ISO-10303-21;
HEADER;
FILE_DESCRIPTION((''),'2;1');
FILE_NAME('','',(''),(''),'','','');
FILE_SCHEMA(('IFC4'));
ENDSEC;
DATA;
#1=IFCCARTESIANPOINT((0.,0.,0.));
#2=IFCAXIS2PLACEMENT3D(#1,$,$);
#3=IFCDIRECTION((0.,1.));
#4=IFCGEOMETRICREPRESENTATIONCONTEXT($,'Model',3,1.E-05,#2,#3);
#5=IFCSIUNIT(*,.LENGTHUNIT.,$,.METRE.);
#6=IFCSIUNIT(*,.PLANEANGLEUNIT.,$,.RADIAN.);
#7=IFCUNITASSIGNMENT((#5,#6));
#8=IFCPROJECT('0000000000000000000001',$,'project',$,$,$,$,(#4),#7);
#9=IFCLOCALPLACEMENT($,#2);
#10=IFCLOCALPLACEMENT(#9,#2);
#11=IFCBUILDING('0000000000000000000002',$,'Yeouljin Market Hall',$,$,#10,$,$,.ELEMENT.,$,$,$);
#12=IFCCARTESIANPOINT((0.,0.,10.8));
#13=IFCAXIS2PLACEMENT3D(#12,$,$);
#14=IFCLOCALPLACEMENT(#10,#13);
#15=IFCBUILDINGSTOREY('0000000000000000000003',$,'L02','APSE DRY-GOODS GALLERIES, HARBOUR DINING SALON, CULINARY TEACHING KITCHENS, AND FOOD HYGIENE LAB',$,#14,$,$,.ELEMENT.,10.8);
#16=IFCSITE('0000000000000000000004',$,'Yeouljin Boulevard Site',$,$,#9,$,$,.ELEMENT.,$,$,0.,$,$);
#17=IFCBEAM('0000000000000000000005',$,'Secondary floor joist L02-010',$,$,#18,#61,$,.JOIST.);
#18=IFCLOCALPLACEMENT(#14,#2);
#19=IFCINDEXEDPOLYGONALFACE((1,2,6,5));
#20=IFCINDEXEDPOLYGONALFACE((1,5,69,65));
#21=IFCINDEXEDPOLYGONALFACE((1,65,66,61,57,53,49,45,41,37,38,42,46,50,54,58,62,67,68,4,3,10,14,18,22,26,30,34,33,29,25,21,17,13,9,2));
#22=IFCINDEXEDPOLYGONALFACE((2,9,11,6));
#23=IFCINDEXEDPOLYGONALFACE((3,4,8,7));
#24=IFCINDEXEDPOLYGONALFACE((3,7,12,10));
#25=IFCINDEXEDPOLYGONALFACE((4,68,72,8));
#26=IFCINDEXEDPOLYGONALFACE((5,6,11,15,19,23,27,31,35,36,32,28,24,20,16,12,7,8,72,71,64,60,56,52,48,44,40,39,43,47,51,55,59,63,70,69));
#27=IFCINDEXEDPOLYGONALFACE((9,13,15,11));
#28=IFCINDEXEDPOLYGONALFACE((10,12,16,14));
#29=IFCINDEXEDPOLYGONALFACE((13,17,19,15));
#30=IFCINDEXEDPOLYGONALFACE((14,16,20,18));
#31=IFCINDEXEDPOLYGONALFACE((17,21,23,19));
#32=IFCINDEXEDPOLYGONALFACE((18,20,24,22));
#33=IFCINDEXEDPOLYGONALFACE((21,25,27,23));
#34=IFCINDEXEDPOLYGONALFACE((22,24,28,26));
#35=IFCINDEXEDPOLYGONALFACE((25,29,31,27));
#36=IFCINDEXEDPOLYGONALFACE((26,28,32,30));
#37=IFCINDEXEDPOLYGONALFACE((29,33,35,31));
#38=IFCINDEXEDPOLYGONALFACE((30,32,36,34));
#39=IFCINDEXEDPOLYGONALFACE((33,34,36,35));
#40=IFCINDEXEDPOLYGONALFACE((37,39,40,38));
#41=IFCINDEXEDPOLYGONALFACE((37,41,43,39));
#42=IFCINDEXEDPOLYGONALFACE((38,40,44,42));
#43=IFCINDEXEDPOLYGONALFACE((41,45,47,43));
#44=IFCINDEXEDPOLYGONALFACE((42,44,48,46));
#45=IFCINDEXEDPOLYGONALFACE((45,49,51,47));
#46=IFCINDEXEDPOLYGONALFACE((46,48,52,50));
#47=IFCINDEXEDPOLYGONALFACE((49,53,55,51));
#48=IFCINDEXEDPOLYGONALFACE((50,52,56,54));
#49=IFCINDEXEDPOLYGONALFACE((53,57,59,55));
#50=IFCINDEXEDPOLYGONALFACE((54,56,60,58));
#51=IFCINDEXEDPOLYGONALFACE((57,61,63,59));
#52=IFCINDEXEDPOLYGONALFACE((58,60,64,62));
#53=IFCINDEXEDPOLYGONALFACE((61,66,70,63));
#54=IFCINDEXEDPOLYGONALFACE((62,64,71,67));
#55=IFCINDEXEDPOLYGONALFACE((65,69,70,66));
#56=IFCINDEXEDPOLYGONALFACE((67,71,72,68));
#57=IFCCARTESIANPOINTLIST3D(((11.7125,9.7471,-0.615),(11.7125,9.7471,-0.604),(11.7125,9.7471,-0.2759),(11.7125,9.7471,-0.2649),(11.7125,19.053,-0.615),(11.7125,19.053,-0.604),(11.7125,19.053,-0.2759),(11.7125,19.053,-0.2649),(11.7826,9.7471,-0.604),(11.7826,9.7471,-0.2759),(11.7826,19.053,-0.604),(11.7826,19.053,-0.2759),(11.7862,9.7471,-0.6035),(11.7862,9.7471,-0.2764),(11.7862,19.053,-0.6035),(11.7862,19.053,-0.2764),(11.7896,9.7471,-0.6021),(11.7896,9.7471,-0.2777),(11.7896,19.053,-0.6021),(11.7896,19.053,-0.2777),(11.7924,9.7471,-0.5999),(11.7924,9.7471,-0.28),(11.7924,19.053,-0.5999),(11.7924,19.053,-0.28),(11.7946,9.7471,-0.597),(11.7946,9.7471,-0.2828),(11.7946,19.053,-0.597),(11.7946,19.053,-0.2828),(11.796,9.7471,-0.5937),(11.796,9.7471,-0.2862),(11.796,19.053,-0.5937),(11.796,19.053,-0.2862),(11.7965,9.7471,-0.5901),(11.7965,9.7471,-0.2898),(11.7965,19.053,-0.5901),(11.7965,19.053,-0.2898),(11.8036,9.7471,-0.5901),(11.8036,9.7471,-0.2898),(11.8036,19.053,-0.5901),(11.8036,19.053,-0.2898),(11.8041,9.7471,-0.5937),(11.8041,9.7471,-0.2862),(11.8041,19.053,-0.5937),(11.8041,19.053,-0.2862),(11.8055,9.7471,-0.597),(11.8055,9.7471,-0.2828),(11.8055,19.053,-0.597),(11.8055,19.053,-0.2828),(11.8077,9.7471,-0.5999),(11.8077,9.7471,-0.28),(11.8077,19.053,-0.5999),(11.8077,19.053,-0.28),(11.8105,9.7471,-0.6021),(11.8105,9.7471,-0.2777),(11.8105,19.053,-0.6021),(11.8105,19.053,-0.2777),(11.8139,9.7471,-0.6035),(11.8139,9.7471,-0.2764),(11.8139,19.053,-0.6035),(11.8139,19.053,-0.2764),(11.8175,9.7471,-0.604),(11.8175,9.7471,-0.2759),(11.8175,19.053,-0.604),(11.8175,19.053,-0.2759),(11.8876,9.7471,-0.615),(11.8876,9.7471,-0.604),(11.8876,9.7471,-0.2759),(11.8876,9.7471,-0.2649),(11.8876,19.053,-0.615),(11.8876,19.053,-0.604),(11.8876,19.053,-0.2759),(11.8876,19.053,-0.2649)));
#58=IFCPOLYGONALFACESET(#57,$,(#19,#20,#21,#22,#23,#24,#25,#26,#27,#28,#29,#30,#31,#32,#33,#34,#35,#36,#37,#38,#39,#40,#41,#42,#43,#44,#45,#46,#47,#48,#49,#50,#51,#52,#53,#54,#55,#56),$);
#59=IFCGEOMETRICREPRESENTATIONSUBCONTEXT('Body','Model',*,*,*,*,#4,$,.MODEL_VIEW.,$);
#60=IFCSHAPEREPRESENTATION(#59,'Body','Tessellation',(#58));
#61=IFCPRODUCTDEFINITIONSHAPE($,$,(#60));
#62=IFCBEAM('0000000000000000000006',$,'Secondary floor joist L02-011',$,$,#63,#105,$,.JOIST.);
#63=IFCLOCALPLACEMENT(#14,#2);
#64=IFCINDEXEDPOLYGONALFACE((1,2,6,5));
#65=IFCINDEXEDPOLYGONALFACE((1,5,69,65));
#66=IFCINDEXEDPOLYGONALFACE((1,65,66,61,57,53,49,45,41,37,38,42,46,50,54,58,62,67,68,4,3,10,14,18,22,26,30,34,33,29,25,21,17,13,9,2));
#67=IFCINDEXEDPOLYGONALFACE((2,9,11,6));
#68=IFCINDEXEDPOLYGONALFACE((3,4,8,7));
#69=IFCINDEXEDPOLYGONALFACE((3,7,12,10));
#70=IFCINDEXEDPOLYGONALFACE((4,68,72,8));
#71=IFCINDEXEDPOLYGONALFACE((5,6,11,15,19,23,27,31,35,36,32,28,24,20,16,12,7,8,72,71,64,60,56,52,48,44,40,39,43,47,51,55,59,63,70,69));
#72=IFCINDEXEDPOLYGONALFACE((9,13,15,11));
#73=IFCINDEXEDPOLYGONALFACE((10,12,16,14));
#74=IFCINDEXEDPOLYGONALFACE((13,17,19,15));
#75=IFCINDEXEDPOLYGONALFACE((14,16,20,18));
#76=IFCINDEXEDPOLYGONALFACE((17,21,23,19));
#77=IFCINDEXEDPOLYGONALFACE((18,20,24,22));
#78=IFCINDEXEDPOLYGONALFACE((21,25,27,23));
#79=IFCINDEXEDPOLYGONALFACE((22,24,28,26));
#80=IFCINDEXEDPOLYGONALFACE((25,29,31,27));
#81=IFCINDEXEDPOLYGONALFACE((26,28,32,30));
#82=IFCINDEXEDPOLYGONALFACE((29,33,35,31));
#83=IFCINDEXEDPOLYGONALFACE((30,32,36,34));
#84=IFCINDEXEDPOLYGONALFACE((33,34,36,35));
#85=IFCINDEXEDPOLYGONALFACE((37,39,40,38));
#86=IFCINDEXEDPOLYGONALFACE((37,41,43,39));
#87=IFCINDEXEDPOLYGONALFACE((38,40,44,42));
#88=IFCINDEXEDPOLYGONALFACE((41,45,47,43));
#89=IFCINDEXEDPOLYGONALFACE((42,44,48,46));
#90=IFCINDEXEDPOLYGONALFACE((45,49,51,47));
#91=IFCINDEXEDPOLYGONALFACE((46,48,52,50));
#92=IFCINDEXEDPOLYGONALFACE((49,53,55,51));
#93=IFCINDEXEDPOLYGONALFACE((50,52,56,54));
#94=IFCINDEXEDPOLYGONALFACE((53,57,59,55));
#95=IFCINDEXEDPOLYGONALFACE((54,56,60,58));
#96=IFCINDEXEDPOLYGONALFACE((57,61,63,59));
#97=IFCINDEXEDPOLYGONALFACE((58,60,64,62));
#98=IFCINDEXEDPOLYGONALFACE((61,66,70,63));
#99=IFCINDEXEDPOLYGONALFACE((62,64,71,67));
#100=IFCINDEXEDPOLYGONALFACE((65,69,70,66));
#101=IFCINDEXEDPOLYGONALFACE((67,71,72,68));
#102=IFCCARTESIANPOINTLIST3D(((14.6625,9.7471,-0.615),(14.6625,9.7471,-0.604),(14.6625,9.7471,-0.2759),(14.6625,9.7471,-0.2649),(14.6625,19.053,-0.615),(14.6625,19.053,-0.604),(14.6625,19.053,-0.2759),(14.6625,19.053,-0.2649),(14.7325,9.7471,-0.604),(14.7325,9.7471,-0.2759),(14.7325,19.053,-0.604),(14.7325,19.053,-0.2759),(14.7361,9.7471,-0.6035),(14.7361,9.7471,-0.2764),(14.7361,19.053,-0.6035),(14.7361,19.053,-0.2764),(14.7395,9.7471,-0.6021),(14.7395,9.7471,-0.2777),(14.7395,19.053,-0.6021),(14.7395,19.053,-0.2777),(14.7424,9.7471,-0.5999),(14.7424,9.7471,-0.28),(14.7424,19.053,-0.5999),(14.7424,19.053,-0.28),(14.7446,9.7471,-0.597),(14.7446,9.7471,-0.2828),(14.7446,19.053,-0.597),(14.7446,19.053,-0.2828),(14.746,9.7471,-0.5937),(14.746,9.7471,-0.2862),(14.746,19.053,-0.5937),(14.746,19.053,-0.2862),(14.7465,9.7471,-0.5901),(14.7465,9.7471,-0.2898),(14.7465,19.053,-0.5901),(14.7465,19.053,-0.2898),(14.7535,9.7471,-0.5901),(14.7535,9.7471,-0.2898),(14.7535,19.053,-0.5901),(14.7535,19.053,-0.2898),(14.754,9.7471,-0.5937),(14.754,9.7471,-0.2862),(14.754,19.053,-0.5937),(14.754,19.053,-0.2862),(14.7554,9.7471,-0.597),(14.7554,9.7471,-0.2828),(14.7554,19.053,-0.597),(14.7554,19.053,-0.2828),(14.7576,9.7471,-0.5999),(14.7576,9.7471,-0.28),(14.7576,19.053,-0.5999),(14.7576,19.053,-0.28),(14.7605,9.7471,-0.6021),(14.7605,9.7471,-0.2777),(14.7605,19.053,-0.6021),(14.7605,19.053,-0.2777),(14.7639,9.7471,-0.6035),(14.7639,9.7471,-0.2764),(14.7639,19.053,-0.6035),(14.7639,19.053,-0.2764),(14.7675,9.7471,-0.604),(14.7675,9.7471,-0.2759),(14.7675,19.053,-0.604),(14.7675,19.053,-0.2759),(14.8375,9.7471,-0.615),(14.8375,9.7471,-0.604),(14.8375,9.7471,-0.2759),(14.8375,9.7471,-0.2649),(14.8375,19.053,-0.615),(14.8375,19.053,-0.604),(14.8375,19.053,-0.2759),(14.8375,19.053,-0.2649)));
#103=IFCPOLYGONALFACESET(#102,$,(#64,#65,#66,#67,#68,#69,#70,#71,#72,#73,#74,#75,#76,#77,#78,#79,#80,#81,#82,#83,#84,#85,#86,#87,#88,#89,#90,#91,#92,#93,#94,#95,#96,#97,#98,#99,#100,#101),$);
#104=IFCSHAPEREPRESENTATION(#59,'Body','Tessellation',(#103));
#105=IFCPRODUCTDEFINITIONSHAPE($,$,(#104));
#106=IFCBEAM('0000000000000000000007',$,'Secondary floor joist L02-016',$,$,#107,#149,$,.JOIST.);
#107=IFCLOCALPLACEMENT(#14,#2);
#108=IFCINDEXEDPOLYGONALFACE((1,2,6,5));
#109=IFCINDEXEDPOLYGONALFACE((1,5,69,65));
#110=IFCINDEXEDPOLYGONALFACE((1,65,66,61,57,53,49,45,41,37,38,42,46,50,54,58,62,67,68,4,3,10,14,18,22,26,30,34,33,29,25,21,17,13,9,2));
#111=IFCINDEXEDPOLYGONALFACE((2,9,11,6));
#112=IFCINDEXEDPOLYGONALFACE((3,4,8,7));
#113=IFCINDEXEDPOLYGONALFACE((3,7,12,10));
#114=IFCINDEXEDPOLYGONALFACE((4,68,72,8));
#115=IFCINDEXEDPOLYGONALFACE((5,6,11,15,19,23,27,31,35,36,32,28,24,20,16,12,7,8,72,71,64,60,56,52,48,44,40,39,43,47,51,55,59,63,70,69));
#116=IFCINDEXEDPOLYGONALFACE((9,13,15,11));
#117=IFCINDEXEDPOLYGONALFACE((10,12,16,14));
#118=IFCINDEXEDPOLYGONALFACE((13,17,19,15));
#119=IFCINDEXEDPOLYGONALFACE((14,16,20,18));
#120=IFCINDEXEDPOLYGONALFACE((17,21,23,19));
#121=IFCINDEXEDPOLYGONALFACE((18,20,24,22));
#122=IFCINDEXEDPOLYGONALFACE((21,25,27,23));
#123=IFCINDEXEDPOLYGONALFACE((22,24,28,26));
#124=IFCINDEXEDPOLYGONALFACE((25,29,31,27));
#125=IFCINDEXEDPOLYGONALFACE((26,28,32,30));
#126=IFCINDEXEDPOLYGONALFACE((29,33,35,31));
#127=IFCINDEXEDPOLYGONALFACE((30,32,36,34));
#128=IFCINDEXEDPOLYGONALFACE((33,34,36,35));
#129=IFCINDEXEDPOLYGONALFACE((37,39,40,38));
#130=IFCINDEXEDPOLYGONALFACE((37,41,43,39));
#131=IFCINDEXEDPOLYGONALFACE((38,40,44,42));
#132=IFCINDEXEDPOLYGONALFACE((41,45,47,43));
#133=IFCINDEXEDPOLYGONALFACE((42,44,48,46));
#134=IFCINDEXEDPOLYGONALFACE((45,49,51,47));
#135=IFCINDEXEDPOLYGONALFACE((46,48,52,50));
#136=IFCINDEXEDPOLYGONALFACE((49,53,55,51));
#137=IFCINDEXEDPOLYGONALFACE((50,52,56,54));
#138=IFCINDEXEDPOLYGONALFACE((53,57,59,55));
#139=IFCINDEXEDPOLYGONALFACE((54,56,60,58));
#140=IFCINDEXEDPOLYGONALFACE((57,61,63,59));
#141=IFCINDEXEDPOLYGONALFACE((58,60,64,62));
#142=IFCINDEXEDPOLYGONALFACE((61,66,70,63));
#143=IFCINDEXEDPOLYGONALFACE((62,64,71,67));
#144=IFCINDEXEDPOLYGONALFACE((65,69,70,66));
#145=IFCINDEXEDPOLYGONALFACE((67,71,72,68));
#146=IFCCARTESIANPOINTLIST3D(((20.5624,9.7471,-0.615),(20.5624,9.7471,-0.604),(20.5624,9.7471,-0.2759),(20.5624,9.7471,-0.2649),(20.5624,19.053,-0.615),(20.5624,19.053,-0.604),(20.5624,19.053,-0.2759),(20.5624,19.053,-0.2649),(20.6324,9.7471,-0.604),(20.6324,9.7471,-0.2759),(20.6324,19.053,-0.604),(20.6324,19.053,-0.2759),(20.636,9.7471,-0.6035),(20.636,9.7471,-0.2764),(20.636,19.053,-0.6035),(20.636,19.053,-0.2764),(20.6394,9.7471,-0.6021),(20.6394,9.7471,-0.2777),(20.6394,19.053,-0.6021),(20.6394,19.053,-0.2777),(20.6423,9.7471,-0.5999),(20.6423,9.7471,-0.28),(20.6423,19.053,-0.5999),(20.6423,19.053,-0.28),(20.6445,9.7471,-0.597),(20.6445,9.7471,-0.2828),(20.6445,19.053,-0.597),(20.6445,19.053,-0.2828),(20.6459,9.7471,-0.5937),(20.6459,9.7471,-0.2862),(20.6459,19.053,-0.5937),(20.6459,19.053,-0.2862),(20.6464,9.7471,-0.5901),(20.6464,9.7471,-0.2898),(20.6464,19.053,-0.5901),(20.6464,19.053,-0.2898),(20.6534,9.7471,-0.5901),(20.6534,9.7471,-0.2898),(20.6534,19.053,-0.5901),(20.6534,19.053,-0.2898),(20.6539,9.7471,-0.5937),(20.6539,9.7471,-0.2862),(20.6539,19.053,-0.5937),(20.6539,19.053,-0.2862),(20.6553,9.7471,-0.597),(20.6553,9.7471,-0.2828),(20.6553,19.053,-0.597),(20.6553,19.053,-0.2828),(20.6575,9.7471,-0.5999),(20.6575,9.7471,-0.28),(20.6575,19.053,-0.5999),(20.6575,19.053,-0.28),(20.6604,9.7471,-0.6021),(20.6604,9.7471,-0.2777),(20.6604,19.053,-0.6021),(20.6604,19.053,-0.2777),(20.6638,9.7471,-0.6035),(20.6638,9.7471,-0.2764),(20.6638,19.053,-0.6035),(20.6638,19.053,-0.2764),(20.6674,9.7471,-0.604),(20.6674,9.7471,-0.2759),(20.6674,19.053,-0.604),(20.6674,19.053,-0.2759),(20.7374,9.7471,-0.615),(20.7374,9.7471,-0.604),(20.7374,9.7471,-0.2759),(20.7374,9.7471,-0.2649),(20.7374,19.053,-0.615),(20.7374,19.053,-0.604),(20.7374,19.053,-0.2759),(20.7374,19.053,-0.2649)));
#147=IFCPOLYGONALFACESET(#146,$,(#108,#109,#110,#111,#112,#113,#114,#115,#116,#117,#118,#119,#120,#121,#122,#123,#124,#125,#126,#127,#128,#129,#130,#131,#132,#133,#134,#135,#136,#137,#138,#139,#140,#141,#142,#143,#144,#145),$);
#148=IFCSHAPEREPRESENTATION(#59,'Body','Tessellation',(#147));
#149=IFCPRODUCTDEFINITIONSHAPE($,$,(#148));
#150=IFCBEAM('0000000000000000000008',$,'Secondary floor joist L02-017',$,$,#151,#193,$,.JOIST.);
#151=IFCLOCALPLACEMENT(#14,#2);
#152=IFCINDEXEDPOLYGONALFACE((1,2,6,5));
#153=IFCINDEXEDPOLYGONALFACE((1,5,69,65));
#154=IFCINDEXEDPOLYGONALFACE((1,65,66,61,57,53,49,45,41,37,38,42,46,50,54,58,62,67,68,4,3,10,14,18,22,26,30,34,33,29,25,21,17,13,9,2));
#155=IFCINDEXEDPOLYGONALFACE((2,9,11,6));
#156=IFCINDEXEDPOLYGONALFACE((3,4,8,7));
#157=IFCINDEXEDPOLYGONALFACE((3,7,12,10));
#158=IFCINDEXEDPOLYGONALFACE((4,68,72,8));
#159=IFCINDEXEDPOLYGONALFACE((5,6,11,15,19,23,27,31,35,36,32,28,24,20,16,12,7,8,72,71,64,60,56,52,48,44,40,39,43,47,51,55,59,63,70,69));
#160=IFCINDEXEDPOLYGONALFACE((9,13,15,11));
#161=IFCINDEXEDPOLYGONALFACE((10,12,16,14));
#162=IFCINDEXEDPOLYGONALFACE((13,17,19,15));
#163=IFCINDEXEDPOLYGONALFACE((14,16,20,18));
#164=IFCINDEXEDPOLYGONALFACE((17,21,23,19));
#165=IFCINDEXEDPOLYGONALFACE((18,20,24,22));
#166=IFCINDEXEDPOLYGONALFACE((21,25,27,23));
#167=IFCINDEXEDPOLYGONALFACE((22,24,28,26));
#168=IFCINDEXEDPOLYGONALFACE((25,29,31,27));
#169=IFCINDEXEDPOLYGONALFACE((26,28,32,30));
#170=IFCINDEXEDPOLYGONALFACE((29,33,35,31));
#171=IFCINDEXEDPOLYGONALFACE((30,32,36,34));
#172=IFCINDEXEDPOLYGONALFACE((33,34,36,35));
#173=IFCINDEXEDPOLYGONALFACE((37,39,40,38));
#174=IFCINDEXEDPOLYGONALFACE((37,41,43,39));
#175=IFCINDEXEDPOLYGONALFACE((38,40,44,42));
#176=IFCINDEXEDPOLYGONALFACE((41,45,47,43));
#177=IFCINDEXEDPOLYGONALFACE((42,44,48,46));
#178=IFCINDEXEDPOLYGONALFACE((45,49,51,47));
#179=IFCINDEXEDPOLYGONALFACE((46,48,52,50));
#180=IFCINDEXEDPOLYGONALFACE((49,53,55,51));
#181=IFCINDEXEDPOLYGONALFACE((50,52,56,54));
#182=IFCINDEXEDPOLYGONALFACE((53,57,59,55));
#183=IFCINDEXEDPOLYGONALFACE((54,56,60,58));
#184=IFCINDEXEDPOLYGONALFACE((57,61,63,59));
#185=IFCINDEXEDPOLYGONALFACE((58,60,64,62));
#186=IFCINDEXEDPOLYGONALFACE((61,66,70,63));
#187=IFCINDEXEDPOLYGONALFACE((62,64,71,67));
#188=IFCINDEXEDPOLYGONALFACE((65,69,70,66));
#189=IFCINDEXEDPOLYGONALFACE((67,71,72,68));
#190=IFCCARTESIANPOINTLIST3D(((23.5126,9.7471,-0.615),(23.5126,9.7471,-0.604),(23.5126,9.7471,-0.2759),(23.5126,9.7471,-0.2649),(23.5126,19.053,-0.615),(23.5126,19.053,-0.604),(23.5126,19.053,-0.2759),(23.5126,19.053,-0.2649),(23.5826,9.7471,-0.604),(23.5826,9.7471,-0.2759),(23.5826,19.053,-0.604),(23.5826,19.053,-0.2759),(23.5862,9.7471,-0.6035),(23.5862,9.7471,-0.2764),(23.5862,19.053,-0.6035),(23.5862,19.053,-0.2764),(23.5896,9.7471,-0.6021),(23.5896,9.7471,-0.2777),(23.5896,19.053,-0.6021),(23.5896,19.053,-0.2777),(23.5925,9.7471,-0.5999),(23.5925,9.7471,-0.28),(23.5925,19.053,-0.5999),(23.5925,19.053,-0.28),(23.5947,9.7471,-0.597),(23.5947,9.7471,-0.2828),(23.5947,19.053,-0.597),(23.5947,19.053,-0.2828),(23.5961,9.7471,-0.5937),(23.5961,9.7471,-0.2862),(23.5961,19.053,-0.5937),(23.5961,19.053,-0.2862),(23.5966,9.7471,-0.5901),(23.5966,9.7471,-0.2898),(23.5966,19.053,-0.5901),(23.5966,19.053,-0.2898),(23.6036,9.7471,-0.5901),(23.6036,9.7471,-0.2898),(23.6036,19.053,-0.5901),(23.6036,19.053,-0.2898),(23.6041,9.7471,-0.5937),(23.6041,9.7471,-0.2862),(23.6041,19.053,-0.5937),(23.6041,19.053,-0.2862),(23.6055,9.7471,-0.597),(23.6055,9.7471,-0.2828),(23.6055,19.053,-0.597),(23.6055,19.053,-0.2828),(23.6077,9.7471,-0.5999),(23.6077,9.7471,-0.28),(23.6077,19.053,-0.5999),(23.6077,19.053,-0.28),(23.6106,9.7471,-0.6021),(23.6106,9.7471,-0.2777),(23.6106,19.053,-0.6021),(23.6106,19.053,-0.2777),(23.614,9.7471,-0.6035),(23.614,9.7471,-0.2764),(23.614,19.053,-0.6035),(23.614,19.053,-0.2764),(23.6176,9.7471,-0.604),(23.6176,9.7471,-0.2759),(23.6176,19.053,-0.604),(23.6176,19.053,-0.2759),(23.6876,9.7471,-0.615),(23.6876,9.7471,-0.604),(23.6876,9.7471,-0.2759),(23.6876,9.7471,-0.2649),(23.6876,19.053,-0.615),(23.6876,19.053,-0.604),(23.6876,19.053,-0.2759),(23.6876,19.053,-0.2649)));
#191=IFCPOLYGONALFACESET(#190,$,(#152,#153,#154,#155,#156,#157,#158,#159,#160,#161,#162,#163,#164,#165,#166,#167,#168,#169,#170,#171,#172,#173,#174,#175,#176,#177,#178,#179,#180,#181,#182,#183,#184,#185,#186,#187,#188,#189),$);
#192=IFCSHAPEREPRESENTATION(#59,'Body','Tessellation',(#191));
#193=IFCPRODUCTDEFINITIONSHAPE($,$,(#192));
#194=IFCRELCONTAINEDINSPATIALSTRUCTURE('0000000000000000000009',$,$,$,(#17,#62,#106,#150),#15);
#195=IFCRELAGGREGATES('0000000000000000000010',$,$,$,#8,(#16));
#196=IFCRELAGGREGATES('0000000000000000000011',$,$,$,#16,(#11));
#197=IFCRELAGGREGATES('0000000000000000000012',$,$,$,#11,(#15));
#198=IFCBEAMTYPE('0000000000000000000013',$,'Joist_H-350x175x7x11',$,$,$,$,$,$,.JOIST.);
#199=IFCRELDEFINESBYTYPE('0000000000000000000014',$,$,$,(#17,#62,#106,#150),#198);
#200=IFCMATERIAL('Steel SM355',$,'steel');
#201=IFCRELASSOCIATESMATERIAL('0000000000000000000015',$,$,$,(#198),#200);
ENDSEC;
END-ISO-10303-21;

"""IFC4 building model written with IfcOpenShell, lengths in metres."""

from ifc_helpers import new_model, si_unit, direction, frame, origin, origin_2d, place, context, subcontext, project, spatial, i_section, extrude, material, material_profile, profile_set, type_object, element, save


model = new_model("IFC4")

# Units and contexts
model_context = context("Model", 3, precision=1e-05, world=origin(), true_north=direction((0.0, 1.0)))
body_context = subcontext(model_context, "Body", "Model", "MODEL_VIEW")
ifc_project = project(units=[si_unit("LENGTHUNIT", "METRE"), si_unit("PLANEANGLEUNIT", "RADIAN")], contexts=[model_context])

# Site, building, storey
site_placement = place(None, origin())
site = spatial("IfcSite", under=ifc_project, at=site_placement, Name="Yeouljin Boulevard Site", CompositionType="ELEMENT", RefElevation=0.0)
building_placement = place(site_placement, origin())
building = spatial("IfcBuilding", under=site, at=building_placement, Name="Yeouljin Market Hall", CompositionType="ELEMENT")
storey_placement = place(building_placement, frame((0.0, 0.0, 10.8)))
storey = spatial("IfcBuildingStorey", under=building, at=storey_placement, Name="L02", Description="APSE DRY-GOODS GALLERIES, HARBOUR DINING SALON, CULINARY TEACHING KITCHENS, AND FOOD HYGIENE LAB", CompositionType="ELEMENT", Elevation=10.8)

# Beams
ifc_material_1 = material(Name="Steel SM355", Category="steel")
ifc_material_profile_1 = material_profile(ifc_material_1, i_section(OverallWidth=0.175, OverallDepth=0.3501, WebThickness=0.0071, FlangeThickness=0.011, FilletRadius=0.0139, at=origin_2d()), Name="H-350x175x7x11")
ifc_profile_set_1 = profile_set([ifc_material_profile_1], Name="Steel SM355")
beam_type_1 = type_object("IfcBeamType", Name="Joist_H-350x175x7x11", PredefinedType="JOIST", material=ifc_profile_set_1)
for number, where, z_axis, x_axis, name in (
    (1, (11.8, 9.7471, -0.4399), (0.0, 1.0, 0.0), (-1.0, 0.0, 0.0), "Secondary floor joist L02-010"),
    (2, (14.75, 9.7471, -0.4399), (0.0, 1.0, 0.0), (-1.0, 0.0, 0.0), "Secondary floor joist L02-011"),
    (3, (20.6499, 9.7471, -0.4399), (0.0, 1.0, 0.0), (-1.0, 0.0, 0.0), "Secondary floor joist L02-016"),
    (4, (23.6001, 9.7471, -0.4399), (0.0, 1.0, 0.0), (-1.0, 0.0, 0.0), "Secondary floor joist L02-017"),
):
    element("IfcBeam", number, at=place(storey_placement, frame(where, z_axis=z_axis, x_axis=x_axis)), inside=storey, type_object=beam_type_1, Name=name, PredefinedType="JOIST", context=body_context, shape_type="SweptSolid", body=[
        extrude(i_section(OverallWidth=0.175, OverallDepth=0.3501, WebThickness=0.0071, FlangeThickness=0.011, FilletRadius=0.0139, at=origin_2d()), origin(), (0.0, 0.0, 1.0), 9.3059),
    ])

save(model, "model.ifc")
